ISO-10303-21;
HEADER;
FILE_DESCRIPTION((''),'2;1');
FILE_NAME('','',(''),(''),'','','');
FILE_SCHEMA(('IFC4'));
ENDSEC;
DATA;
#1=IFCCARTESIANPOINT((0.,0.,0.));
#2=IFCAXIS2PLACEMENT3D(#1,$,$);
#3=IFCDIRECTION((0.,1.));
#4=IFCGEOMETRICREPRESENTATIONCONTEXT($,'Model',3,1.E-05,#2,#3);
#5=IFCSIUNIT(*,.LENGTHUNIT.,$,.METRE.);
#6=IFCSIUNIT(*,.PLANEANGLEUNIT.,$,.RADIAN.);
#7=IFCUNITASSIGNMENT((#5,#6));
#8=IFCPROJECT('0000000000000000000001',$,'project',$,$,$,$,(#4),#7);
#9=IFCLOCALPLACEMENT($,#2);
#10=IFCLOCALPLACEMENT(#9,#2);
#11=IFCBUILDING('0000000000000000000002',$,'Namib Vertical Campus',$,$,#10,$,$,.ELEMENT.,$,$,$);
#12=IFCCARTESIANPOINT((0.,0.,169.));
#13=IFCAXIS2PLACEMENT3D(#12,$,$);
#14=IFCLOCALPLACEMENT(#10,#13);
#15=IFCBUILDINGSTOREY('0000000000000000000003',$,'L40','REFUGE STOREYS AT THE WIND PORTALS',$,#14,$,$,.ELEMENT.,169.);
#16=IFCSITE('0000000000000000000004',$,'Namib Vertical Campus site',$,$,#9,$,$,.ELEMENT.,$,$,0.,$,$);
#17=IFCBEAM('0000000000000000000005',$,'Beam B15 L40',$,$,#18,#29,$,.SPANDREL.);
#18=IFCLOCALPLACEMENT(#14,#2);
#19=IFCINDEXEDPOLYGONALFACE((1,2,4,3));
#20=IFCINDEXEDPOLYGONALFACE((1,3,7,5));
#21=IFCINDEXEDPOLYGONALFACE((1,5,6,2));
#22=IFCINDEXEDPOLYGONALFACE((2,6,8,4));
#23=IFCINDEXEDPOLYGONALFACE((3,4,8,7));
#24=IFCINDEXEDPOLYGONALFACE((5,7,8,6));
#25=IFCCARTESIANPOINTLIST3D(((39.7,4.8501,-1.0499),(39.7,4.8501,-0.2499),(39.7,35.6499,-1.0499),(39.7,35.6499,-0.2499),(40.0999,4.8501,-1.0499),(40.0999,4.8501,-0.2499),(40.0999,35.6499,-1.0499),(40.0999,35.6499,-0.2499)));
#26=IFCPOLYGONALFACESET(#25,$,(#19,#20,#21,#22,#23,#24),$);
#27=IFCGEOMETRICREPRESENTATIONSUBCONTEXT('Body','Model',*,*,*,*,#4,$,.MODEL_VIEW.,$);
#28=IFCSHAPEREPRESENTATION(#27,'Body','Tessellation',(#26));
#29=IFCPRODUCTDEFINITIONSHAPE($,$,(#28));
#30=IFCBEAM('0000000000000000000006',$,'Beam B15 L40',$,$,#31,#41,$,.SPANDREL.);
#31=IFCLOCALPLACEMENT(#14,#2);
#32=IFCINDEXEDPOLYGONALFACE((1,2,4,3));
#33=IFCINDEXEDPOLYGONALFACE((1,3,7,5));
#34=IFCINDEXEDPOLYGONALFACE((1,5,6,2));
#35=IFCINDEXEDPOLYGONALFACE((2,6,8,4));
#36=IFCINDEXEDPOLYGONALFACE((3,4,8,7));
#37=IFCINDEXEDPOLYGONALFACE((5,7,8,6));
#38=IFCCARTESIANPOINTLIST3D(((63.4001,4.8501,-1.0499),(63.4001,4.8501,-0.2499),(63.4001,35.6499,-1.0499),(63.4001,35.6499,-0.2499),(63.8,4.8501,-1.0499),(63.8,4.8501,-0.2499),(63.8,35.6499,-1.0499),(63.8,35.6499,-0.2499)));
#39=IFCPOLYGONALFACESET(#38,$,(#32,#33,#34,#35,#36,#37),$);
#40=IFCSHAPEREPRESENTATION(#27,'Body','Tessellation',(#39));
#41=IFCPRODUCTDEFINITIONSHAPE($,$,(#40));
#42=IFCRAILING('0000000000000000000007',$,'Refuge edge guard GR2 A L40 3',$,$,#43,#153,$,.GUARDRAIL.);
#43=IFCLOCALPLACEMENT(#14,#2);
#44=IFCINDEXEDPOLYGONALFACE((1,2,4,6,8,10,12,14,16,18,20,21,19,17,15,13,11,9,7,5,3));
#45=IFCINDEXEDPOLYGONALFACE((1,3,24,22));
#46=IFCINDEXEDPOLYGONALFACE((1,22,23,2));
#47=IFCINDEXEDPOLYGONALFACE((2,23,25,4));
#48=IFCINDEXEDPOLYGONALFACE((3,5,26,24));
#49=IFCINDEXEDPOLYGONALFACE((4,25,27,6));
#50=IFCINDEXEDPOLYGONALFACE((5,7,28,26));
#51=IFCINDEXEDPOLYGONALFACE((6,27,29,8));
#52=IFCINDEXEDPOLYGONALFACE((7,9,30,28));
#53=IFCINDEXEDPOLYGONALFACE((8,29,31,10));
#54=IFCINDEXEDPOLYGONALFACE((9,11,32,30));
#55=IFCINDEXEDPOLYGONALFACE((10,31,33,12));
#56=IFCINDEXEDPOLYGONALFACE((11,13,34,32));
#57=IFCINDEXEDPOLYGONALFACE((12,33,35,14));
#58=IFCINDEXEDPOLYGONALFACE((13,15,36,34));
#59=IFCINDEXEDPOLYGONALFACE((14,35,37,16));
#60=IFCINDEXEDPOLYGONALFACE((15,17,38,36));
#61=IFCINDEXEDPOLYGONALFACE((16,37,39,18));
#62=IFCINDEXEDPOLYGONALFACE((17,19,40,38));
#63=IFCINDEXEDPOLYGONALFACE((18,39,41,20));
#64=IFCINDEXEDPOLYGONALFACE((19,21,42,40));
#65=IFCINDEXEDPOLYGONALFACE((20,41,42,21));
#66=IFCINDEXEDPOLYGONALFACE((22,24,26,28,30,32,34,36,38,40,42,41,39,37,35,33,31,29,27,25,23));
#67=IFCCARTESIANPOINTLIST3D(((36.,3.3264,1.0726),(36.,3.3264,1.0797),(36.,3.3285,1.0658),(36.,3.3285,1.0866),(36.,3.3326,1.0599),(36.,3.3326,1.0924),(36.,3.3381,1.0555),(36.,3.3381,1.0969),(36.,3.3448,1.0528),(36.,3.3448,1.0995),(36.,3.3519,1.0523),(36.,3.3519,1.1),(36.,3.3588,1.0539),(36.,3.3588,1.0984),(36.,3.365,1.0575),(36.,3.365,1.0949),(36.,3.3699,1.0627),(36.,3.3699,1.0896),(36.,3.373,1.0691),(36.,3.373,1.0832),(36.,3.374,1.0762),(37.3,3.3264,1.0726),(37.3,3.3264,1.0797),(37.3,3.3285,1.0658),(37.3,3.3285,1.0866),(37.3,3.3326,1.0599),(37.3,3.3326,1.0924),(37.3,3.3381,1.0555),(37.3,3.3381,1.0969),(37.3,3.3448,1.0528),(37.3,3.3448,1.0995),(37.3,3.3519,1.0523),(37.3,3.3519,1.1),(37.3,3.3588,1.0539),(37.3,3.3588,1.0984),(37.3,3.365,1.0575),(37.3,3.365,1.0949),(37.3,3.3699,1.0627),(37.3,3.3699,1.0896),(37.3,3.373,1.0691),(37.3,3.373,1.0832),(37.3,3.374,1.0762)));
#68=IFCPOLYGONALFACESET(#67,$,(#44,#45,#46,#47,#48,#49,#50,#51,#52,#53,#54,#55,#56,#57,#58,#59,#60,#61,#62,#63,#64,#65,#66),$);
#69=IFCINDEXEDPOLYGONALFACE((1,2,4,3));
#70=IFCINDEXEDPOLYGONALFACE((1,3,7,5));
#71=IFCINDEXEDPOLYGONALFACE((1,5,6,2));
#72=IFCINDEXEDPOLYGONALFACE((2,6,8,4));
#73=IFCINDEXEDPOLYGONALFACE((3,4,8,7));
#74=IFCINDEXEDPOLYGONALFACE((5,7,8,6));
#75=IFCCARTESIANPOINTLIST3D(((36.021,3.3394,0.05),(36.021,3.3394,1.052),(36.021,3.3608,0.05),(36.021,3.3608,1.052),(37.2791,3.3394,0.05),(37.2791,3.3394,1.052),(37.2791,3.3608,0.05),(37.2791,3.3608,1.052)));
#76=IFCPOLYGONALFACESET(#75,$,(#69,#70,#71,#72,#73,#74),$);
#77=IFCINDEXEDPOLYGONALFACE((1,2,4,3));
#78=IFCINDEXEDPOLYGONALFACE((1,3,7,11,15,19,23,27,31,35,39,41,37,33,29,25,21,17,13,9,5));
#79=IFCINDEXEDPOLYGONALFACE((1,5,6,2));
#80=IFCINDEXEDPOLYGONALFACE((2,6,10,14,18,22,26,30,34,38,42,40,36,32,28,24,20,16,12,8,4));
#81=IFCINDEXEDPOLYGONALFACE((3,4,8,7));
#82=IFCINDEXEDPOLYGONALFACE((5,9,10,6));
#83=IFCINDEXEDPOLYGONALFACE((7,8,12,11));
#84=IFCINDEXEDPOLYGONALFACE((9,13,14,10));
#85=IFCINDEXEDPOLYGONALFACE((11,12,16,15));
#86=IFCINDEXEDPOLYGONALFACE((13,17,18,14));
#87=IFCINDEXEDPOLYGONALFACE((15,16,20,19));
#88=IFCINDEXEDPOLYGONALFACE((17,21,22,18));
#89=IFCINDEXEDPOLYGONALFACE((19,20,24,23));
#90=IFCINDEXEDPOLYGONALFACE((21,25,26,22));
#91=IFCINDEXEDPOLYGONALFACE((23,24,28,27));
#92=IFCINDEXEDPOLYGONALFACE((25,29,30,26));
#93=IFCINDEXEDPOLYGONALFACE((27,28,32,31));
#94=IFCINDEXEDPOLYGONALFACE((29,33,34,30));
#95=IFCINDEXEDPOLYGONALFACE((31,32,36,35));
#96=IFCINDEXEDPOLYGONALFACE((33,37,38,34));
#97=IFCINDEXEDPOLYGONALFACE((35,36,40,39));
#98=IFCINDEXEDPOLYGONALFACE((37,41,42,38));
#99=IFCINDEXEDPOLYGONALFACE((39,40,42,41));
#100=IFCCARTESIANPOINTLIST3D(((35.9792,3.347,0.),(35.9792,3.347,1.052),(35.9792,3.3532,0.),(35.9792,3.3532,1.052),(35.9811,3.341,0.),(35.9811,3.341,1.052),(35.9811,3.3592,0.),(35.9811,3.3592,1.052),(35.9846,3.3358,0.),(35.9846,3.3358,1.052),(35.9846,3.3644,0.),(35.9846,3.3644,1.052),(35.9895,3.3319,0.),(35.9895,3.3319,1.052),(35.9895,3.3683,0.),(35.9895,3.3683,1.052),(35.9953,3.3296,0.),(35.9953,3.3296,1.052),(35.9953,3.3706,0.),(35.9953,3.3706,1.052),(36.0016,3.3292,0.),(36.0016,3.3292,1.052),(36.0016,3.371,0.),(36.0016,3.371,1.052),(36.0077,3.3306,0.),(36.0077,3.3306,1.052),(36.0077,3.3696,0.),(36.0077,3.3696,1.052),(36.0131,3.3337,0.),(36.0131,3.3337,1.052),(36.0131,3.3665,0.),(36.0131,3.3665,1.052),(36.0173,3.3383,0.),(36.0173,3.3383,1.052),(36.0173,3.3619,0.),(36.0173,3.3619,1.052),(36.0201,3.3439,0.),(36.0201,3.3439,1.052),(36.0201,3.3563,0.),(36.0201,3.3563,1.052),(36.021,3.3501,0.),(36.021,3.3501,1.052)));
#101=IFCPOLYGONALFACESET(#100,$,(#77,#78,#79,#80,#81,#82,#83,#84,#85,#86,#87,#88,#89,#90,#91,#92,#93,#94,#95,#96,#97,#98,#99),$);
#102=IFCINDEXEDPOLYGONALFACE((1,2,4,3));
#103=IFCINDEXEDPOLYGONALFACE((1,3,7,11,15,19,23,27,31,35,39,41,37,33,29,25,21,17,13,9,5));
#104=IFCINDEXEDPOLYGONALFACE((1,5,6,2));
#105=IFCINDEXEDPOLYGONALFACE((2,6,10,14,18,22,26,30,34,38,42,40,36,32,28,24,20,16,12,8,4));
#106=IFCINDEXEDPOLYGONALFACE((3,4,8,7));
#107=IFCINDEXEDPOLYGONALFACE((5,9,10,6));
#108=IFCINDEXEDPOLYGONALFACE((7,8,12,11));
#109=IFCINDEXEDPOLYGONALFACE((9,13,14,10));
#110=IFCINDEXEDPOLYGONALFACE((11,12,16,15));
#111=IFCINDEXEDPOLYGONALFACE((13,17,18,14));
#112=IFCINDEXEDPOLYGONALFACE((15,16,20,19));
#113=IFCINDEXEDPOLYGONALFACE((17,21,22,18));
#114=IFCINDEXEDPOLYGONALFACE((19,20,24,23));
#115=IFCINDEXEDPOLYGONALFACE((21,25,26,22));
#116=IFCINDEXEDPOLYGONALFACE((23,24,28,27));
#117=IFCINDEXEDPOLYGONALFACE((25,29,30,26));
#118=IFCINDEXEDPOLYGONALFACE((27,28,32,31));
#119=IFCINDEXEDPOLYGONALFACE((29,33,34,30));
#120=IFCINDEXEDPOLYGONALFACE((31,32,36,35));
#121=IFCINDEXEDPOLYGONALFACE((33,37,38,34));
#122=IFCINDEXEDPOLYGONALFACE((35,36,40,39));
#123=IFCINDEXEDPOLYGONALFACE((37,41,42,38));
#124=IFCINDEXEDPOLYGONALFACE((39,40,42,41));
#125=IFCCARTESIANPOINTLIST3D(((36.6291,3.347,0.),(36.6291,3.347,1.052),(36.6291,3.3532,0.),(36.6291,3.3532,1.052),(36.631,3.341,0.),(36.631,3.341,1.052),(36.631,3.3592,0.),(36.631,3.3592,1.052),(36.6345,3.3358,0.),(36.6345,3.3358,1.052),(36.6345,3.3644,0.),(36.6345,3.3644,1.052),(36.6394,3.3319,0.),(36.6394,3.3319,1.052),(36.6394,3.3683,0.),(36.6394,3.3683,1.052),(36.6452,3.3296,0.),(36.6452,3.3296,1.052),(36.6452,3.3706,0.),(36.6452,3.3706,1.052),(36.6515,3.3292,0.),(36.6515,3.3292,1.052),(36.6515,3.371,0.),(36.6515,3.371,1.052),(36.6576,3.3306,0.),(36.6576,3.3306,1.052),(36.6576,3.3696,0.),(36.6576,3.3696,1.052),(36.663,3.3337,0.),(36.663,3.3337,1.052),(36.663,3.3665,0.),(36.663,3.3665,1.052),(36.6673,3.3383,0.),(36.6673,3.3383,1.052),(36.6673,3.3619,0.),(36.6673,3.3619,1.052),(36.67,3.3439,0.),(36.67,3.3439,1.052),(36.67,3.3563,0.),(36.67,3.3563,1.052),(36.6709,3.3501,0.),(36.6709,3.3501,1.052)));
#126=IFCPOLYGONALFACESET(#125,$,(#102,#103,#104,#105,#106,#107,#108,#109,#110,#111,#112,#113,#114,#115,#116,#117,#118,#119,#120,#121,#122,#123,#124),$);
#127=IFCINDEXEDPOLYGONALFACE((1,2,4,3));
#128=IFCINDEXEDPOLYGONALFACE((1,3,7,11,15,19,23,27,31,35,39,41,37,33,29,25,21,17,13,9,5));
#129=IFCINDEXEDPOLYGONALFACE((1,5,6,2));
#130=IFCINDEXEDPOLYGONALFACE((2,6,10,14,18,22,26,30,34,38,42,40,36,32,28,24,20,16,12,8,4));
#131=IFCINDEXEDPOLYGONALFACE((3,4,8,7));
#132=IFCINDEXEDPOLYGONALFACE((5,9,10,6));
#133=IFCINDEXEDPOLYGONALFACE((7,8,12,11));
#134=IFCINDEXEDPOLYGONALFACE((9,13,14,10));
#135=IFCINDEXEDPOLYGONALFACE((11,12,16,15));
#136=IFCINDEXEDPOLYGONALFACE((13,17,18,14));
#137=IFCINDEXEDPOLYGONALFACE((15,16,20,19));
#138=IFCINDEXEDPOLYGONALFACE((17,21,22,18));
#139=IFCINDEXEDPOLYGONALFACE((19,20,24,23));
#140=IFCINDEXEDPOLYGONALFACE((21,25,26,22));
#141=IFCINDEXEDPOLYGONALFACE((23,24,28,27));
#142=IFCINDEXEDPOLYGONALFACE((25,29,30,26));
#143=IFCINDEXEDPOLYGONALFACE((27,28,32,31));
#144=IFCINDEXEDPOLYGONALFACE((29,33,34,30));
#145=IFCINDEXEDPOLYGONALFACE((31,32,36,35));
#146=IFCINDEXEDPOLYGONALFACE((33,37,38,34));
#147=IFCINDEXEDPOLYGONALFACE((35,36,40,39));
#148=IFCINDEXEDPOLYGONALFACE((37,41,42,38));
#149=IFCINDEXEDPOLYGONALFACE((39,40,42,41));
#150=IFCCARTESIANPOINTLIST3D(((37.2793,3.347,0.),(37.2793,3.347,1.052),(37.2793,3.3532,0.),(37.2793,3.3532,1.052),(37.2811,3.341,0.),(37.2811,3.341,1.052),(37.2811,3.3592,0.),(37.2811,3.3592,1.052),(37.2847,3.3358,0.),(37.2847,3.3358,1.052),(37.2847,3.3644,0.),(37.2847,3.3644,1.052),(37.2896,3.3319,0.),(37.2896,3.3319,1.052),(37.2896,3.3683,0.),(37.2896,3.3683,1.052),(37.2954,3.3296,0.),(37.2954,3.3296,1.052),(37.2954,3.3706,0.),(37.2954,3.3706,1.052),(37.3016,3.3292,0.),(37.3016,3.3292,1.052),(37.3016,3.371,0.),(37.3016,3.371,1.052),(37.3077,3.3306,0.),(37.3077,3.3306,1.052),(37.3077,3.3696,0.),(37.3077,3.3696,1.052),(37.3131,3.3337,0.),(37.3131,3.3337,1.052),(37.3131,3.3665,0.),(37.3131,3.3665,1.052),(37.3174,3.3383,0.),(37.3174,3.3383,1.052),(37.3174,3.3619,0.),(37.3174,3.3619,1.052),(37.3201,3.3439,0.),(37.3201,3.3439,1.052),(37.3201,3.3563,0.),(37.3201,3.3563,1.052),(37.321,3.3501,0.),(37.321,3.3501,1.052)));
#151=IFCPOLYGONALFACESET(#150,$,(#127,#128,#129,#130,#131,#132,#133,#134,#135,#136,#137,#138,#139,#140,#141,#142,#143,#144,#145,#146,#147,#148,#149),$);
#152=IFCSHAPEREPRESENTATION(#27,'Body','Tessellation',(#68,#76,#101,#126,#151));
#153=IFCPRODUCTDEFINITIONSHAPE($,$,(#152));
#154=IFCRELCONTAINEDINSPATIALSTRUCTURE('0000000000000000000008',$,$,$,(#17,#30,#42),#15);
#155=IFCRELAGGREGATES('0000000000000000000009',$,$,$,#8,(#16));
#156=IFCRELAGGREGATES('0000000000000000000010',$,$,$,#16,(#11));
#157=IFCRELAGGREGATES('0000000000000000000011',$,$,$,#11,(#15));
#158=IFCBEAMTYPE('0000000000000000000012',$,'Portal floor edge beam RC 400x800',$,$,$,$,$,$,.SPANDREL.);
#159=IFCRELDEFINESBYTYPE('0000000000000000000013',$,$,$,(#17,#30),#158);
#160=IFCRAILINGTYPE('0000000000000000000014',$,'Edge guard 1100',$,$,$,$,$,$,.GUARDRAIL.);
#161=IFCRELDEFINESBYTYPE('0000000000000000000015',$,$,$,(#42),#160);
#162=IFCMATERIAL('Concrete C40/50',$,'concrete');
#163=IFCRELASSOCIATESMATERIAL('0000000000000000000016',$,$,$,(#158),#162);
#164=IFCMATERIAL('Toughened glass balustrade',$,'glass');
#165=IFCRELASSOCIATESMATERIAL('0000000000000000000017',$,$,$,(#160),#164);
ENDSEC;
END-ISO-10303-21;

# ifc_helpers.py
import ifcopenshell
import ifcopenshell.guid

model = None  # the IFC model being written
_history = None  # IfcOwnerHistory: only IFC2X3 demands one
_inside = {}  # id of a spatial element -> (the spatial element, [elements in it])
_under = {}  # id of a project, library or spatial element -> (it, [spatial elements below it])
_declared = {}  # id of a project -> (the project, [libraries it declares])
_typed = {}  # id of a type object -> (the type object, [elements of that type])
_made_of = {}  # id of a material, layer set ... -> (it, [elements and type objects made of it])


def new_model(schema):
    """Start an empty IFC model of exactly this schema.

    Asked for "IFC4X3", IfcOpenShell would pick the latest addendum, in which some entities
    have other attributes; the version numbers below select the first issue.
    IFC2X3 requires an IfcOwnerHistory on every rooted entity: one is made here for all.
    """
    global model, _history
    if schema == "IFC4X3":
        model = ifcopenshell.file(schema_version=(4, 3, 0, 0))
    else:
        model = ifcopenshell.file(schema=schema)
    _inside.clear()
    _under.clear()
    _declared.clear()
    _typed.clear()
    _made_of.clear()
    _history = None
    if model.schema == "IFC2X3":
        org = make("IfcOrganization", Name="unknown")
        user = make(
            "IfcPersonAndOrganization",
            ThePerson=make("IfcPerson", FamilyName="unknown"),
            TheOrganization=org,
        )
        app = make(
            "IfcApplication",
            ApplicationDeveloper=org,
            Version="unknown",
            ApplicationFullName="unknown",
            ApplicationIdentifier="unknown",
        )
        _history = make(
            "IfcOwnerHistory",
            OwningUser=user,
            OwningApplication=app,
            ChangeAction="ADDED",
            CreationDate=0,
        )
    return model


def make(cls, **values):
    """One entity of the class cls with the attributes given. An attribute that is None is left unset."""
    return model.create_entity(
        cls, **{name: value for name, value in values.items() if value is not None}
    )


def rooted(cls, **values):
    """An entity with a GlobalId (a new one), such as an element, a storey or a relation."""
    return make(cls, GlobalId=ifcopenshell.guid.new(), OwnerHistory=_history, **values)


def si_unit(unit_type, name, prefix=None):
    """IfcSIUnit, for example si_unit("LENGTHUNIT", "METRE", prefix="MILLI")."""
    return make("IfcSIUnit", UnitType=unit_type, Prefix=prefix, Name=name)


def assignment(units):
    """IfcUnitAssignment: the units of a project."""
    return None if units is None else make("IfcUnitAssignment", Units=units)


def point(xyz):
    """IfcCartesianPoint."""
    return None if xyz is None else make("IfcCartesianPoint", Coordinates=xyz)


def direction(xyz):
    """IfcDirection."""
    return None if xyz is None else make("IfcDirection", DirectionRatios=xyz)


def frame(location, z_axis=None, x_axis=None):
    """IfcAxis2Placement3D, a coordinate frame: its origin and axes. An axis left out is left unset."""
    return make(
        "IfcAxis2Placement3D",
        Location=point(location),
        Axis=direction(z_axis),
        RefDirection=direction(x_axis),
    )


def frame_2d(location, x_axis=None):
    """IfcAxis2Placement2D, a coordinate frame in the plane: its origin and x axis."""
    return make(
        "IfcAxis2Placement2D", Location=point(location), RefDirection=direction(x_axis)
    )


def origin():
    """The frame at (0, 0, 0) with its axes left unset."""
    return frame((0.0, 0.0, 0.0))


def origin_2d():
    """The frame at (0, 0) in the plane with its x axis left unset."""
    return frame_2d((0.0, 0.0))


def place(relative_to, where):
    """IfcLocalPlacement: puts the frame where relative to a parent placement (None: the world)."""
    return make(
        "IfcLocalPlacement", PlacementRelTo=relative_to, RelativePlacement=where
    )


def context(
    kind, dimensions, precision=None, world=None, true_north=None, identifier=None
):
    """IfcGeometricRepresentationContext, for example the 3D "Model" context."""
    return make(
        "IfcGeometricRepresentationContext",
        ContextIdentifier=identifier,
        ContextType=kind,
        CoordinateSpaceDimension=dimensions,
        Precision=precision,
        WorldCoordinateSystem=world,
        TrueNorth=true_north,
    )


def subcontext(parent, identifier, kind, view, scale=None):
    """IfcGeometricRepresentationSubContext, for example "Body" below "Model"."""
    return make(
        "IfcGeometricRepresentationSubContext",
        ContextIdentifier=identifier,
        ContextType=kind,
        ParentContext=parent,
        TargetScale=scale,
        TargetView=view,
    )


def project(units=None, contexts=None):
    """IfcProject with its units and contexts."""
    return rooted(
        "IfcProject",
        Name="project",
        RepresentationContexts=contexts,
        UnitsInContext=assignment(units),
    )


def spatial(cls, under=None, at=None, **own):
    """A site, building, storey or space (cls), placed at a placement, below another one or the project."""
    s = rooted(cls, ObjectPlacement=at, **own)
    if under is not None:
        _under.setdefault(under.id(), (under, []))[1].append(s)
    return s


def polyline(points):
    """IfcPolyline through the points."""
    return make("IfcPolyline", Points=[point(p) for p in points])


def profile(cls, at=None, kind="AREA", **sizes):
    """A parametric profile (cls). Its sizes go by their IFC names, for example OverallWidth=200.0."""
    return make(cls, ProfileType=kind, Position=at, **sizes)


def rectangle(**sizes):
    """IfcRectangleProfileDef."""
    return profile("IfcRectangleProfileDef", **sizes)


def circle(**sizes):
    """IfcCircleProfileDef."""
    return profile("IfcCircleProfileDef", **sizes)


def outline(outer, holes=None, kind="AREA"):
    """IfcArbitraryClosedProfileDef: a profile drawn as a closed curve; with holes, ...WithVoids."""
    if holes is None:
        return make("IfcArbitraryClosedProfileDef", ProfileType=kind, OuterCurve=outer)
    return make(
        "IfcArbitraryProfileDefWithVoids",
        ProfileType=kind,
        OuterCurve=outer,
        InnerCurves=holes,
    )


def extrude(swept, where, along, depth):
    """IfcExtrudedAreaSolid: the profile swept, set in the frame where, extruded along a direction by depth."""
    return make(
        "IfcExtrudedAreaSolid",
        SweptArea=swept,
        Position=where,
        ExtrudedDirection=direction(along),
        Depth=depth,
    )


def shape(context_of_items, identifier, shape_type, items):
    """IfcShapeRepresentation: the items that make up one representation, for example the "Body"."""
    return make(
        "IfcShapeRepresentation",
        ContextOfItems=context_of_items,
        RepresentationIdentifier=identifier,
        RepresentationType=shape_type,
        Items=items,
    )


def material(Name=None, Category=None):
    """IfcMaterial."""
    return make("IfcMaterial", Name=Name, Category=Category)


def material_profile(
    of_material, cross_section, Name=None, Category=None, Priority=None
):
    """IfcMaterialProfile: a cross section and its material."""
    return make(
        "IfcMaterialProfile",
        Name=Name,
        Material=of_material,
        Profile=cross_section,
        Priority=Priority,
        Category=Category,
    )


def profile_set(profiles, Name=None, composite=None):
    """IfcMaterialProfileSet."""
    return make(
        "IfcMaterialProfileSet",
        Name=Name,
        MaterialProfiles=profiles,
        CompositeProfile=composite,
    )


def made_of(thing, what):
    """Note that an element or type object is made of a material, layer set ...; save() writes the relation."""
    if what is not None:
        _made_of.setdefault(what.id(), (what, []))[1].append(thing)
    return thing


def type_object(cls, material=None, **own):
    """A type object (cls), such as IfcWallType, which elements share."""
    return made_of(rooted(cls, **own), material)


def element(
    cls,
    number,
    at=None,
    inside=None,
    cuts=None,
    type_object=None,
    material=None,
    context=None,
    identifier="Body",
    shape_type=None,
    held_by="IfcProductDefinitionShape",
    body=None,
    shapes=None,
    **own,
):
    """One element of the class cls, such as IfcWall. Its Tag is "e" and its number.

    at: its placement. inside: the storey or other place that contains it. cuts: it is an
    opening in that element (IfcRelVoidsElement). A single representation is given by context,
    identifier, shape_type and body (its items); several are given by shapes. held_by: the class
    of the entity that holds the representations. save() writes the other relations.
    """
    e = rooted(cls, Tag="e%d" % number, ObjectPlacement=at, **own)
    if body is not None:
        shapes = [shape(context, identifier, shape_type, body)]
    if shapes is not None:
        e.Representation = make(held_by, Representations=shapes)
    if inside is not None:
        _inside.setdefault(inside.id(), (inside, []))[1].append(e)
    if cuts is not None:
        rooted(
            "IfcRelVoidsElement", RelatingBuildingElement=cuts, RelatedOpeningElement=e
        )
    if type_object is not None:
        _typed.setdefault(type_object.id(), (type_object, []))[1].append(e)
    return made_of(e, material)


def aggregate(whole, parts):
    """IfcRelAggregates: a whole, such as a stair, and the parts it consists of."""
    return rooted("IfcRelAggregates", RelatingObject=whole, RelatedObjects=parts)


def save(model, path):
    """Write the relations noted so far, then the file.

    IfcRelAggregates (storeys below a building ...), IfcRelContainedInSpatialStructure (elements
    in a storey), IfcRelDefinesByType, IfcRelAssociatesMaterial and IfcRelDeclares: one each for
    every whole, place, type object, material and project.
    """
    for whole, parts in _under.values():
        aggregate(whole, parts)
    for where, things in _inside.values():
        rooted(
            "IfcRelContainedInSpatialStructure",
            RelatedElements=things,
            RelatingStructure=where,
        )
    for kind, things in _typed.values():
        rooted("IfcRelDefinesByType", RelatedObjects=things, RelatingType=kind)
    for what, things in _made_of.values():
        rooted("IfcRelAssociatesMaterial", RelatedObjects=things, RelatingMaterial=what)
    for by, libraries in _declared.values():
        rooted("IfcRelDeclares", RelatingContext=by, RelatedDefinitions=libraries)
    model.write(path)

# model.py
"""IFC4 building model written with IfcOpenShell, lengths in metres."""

from ifc_helpers import new_model, si_unit, direction, frame, origin, origin_2d, place, context, subcontext, project, spatial, polyline, rectangle, circle, outline, extrude, material, material_profile, profile_set, type_object, element, save


model = new_model("IFC4")

# Units and contexts
model_context = context("Model", 3, precision=1e-05, world=origin(), true_north=direction((0.0, 1.0)))
body_context = subcontext(model_context, "Body", "Model", "MODEL_VIEW")
ifc_project = project(units=[si_unit("LENGTHUNIT", "METRE"), si_unit("PLANEANGLEUNIT", "RADIAN")], contexts=[model_context])

# Site, building, storey
site_placement = place(None, origin())
site = spatial("IfcSite", under=ifc_project, at=site_placement, Name="Namib Vertical Campus site", CompositionType="ELEMENT", RefElevation=0.0)
building_placement = place(site_placement, origin())
building = spatial("IfcBuilding", under=site, at=building_placement, Name="Namib Vertical Campus", CompositionType="ELEMENT")
storey_placement = place(building_placement, frame((0.0, 0.0, 169.0)))
storey = spatial("IfcBuildingStorey", under=building, at=storey_placement, Name="L40", Description="REFUGE STOREYS AT THE WIND PORTALS", CompositionType="ELEMENT", Elevation=169.0)

# Beams
ifc_material_1 = material(Name="Concrete C40/50", Category="concrete")
ifc_material_profile_1 = material_profile(ifc_material_1, rectangle(XDim=0.3999, YDim=0.8, at=origin_2d()))
ifc_profile_set_1 = profile_set([ifc_material_profile_1], Name="Concrete C40/50")
beam_type_1 = type_object("IfcBeamType", Name="Portal floor edge beam RC 400x800", PredefinedType="SPANDREL", material=ifc_profile_set_1)
for number, where, z_axis, x_axis, name in (
    (1, (39.8999, 4.8501, -0.6499), (0.0, 1.0, 0.0), (-1.0, 0.0, 0.0), "Beam B15 L40"),
    (2, (63.6001, 4.8501, -0.6499), (0.0, 1.0, 0.0), (-1.0, 0.0, 0.0), "Beam B15 L40"),
):
    element("IfcBeam", number, at=place(storey_placement, frame(where, z_axis=z_axis, x_axis=x_axis)), inside=storey, type_object=beam_type_1, Name=name, PredefinedType="SPANDREL", context=body_context, shape_type="SweptSolid", body=[
        extrude(rectangle(XDim=0.3999, YDim=0.8, at=origin_2d()), origin(), (0.0, 0.0, 1.0), 30.7998),
    ])

# Railing
ifc_material_2 = material(Name="Toughened glass balustrade", Category="glass")
railing_type = type_object("IfcRailingType", Name="Edge guard 1100", PredefinedType="GUARDRAIL", material=ifc_material_2)
railing_1_placement = place(storey_placement, frame((36.0, 3.3501, 0.0)))
element("IfcRailing", 3, at=railing_1_placement, inside=storey, type_object=railing_type, Name="Refuge edge guard GR2 A L40 3", PredefinedType="GUARDRAIL", context=body_context, shape_type="SweptSolid", body=[
    extrude(circle(Radius=0.0239, at=origin_2d()), frame((0.0, 0.0, 1.0762), z_axis=(1.0, 0.0, 0.0), x_axis=(0.0, 1.0, 0.0)), (0.0, 0.0, 1.0), 1.3),
    extrude(outline(polyline([(0.021, 0.05), (1.2791, 0.05), (1.2791, 1.052), (0.021, 1.052), (0.021, 0.05)])), frame((0.0, 0.0107, 0.0), z_axis=(0.0, -1.0, 0.0), x_axis=(1.0, 0.0, 0.0)), (0.0, 0.0, 1.0), 0.0215),
    extrude(circle(Radius=0.021, at=origin_2d()), origin(), (0.0, 0.0, 1.0), 1.052),
    extrude(circle(Radius=0.021, at=origin_2d()), frame((0.6499, 0.0, 0.0)), (0.0, 0.0, 1.0), 1.052),
    extrude(circle(Radius=0.021, at=origin_2d()), frame((1.3, 0.0, 0.0)), (0.0, 0.0, 1.0), 1.052),
])

save(model, "model.ifc")
